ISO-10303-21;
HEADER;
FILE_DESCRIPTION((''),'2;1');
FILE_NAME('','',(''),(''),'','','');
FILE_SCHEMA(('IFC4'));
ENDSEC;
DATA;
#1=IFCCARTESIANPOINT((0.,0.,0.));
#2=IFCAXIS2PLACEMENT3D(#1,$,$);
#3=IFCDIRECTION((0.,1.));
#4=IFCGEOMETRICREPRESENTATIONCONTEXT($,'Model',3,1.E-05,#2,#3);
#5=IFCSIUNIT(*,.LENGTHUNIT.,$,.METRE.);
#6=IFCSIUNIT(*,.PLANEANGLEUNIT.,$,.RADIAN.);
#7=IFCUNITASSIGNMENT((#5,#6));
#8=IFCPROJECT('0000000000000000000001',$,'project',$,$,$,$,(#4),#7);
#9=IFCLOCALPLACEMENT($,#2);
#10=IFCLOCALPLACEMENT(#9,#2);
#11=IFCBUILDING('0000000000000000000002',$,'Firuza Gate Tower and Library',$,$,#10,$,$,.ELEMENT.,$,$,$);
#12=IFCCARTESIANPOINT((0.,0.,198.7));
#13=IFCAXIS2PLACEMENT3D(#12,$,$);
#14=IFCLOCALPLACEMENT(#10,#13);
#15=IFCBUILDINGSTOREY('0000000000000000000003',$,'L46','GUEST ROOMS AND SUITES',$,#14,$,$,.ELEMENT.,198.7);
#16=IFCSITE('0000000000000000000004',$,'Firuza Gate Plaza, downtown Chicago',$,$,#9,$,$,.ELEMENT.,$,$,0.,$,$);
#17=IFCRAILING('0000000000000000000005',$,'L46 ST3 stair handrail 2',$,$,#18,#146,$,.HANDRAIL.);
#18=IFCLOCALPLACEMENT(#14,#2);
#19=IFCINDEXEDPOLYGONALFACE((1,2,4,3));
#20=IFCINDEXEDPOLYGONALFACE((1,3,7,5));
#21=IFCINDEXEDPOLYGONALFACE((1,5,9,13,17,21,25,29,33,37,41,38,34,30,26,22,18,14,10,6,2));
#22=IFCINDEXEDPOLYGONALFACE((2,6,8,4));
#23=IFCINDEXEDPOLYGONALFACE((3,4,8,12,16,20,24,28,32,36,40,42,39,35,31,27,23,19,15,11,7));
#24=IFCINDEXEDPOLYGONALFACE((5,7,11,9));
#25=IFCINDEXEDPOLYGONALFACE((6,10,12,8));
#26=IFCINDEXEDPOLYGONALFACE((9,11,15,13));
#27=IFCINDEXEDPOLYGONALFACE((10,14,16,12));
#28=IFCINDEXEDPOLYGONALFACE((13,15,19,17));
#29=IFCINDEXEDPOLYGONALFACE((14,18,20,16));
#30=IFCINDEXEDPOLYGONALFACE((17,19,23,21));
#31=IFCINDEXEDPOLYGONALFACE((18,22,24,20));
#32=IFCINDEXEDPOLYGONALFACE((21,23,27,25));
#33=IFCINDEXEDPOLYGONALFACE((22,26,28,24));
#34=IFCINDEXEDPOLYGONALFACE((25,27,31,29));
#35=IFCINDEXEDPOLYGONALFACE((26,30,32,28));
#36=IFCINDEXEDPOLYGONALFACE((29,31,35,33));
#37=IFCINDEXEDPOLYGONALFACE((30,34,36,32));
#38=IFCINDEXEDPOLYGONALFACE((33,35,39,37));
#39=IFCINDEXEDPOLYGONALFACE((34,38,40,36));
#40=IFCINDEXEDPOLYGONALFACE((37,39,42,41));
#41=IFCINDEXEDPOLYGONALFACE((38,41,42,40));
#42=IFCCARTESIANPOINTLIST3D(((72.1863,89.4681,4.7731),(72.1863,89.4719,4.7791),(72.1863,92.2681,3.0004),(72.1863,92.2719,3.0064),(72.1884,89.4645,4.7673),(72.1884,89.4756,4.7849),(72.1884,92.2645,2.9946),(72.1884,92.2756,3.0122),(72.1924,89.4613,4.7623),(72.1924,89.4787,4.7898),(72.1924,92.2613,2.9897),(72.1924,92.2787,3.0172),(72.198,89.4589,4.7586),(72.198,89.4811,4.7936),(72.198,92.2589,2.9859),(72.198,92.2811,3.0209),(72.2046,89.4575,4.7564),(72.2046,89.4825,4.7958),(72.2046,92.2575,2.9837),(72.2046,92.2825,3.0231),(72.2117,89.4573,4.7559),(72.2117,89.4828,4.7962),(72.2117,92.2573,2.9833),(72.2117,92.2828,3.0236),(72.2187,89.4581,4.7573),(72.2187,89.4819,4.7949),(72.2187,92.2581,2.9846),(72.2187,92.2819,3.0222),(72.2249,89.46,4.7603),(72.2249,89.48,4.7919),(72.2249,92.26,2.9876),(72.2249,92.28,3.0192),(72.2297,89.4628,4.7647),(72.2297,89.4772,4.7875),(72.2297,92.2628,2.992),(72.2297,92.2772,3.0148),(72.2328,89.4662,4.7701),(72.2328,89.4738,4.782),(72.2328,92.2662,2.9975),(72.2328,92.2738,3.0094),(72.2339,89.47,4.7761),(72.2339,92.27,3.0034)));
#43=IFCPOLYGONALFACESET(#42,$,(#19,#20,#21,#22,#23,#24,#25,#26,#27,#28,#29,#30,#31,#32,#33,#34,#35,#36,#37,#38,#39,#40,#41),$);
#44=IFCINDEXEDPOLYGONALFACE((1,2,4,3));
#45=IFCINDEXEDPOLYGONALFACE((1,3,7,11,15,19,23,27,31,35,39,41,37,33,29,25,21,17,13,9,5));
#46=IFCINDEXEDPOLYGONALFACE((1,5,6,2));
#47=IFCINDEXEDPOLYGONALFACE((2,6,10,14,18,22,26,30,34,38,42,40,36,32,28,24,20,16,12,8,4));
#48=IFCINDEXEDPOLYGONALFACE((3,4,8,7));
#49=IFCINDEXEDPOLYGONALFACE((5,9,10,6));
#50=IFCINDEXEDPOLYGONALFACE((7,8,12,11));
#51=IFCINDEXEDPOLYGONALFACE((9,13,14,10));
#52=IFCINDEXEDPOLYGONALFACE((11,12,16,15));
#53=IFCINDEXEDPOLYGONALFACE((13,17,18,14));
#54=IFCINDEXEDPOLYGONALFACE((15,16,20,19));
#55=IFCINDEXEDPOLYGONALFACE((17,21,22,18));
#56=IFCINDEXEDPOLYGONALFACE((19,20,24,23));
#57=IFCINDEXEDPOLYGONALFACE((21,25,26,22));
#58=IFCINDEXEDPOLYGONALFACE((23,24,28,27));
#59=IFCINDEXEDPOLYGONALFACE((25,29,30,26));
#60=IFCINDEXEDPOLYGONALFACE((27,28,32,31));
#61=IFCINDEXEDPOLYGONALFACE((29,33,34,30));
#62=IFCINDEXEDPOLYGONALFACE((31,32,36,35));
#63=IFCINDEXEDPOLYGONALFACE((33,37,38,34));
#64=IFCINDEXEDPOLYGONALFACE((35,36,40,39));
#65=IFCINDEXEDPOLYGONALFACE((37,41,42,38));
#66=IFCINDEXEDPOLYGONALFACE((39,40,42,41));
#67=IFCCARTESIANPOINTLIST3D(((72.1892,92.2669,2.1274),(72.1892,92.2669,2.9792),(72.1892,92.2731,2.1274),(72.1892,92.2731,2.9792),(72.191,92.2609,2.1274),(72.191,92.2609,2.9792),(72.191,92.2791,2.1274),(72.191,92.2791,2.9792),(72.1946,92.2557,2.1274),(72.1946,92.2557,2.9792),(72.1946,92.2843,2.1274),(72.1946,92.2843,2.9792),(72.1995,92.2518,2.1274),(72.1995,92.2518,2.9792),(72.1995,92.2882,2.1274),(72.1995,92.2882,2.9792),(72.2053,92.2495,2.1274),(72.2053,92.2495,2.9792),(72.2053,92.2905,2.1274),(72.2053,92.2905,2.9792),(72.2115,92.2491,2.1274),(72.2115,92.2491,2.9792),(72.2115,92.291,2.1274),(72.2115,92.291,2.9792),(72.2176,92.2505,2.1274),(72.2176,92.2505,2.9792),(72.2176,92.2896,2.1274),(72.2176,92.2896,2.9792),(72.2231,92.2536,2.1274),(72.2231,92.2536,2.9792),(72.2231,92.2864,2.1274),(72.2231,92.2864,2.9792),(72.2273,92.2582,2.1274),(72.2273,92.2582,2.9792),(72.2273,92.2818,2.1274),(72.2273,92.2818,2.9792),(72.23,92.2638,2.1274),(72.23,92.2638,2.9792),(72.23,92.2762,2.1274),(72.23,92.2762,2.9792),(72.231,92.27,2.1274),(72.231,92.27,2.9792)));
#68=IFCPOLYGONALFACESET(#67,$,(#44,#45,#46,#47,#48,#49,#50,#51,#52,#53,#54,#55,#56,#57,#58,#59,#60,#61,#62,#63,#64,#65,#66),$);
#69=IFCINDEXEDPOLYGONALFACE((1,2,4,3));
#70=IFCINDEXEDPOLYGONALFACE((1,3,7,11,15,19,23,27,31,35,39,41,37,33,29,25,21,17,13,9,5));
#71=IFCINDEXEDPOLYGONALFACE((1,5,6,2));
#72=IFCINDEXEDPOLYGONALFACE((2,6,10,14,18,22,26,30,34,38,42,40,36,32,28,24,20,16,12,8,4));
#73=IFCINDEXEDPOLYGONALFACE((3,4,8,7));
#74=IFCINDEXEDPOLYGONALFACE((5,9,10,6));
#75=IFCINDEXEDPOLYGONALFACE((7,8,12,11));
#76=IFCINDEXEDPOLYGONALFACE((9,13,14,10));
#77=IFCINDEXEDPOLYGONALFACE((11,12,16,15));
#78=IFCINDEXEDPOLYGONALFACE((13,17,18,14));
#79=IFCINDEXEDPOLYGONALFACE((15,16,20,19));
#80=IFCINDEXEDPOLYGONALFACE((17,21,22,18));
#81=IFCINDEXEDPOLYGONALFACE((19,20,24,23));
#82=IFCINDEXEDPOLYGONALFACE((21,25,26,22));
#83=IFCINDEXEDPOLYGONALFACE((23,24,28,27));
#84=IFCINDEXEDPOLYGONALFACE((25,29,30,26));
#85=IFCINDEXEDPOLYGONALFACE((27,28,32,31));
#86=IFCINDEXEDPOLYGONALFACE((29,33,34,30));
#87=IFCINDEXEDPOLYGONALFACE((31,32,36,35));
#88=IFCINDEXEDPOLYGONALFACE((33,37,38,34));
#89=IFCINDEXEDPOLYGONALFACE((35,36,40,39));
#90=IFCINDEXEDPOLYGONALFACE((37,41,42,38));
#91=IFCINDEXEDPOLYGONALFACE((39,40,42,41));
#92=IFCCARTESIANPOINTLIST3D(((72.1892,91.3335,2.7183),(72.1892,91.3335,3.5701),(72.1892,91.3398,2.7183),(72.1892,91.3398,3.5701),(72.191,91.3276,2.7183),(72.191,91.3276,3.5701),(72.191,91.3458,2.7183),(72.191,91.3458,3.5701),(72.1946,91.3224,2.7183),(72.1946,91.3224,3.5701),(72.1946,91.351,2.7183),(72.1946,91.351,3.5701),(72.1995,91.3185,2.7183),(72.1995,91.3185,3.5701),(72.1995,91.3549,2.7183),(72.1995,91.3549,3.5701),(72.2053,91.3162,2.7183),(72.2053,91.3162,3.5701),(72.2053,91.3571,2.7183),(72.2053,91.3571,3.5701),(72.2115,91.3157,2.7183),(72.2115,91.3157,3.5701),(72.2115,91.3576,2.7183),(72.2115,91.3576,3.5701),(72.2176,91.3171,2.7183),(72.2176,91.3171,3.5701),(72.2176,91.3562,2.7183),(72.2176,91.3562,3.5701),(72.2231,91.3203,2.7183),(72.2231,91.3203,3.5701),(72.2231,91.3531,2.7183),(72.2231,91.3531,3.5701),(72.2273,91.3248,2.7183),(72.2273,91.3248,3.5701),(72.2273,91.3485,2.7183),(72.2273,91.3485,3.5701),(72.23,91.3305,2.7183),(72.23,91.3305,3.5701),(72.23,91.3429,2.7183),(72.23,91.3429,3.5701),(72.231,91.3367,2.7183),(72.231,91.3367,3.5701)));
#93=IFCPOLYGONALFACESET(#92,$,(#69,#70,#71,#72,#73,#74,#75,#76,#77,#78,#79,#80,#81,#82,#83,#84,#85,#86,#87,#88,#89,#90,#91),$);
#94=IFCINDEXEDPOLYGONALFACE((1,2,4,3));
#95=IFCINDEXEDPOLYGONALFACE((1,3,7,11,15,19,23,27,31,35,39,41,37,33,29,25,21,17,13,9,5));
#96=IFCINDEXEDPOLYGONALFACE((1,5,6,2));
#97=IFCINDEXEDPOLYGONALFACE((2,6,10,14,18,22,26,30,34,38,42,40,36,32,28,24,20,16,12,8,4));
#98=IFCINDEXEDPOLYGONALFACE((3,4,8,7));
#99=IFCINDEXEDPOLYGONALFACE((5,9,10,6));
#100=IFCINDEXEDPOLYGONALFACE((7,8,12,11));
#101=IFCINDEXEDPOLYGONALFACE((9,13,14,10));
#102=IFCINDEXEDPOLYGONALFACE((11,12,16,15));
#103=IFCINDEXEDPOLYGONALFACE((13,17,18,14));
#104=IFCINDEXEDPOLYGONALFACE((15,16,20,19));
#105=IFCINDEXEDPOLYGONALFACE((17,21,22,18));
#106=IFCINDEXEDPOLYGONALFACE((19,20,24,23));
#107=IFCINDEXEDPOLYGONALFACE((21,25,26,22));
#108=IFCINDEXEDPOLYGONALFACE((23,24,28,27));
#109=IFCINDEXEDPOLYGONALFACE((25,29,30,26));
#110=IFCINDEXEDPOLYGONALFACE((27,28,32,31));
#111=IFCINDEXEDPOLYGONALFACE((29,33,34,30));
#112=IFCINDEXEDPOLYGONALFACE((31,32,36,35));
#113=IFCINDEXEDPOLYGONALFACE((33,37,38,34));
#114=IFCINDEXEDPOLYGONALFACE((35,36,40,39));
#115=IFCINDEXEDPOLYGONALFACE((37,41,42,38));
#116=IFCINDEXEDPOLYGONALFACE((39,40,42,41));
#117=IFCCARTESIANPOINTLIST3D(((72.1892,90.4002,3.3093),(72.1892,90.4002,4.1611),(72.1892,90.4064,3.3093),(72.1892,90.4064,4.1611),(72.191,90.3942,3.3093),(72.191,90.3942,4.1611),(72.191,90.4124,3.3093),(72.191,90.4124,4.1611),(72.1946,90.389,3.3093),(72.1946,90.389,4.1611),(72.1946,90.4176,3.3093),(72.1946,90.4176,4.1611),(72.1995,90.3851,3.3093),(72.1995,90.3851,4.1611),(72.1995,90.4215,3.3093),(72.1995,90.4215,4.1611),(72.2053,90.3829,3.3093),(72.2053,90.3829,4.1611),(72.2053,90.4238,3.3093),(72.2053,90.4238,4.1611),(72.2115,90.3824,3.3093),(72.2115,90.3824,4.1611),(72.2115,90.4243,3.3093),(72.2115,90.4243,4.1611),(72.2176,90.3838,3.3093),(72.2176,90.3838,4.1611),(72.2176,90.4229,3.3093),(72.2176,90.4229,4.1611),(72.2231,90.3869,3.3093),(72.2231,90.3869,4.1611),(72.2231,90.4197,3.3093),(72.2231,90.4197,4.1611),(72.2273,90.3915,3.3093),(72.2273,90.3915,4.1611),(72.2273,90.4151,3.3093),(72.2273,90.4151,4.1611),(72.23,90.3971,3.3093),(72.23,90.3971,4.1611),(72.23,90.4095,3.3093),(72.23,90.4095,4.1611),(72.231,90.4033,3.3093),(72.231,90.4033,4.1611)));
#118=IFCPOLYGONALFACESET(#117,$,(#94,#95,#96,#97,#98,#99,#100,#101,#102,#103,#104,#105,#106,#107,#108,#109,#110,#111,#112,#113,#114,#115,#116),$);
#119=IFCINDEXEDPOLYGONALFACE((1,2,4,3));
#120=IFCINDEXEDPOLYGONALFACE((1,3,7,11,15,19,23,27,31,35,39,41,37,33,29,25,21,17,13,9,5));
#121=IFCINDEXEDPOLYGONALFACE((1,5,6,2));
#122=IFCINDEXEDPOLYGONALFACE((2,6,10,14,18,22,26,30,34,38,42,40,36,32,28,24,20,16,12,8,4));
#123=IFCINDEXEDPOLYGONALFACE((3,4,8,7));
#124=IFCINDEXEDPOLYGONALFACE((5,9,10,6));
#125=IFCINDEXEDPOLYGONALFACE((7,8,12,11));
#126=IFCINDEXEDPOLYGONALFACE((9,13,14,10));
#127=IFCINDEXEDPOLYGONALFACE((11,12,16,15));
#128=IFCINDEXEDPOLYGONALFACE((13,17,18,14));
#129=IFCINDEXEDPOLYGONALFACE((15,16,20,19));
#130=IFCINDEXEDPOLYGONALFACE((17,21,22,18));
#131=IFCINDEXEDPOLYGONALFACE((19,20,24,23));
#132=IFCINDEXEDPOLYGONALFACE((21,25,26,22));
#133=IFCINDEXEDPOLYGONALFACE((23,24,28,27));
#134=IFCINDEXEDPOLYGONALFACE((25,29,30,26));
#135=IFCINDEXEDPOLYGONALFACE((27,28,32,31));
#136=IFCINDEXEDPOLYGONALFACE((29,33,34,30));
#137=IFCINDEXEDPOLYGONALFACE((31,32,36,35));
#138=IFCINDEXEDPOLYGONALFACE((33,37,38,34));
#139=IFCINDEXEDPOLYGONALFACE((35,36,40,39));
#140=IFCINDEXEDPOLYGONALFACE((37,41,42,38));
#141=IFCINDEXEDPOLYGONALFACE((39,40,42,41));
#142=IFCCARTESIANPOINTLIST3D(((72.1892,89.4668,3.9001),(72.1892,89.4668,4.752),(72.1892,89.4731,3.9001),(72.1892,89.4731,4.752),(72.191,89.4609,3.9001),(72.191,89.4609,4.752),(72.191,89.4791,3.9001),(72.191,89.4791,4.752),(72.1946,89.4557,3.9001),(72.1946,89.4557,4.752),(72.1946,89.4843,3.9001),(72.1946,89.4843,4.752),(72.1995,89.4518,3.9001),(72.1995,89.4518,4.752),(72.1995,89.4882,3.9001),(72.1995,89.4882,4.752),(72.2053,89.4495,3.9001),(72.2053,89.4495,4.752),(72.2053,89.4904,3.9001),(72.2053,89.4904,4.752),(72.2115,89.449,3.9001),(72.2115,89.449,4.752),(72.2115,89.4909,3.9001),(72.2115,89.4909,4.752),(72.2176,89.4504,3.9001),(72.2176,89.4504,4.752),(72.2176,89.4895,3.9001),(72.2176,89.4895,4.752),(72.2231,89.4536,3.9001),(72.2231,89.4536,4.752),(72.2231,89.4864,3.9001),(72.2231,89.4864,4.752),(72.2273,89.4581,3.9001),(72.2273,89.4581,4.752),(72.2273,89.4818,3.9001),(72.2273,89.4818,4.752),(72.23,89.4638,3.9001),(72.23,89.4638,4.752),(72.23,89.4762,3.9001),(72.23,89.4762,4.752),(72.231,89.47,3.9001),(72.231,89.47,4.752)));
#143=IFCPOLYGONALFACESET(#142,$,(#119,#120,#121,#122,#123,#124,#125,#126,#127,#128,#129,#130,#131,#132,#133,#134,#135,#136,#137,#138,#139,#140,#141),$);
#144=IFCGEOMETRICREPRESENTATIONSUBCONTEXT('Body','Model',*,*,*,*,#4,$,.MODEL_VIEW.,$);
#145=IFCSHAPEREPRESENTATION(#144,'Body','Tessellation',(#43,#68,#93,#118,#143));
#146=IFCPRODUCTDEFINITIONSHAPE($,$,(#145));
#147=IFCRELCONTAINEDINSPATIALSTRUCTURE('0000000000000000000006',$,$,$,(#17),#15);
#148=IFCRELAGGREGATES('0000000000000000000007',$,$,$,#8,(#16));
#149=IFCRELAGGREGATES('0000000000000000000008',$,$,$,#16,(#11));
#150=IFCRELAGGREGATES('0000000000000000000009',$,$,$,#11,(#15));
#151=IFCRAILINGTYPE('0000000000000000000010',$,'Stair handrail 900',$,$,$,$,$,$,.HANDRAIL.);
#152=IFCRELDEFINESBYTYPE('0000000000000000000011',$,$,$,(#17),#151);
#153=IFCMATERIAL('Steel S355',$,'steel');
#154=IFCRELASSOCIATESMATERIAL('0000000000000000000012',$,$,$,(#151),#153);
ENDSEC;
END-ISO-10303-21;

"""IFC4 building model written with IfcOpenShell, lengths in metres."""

from ifc_helpers import new_model, si_unit, direction, frame, origin, origin_2d, place, context, subcontext, project, spatial, circle, extrude, material, type_object, element, save


model = new_model("IFC4")

# Units and contexts
model_context = context("Model", 3, precision=1e-05, world=origin(), true_north=direction((0.0, 1.0)))
body_context = subcontext(model_context, "Body", "Model", "MODEL_VIEW")
ifc_project = project(units=[si_unit("LENGTHUNIT", "METRE"), si_unit("PLANEANGLEUNIT", "RADIAN")], contexts=[model_context])

# Site, building, storey
site_placement = place(None, origin())
site = spatial("IfcSite", under=ifc_project, at=site_placement, Name="Firuza Gate Plaza, downtown Chicago", CompositionType="ELEMENT", RefElevation=0.0)
building_placement = place(site_placement, origin())
building = spatial("IfcBuilding", under=site, at=building_placement, Name="Firuza Gate Tower and Library", CompositionType="ELEMENT")
storey_placement = place(building_placement, frame((0.0, 0.0, 198.7)))
storey = spatial("IfcBuildingStorey", under=building, at=storey_placement, Name="L46", Description="GUEST ROOMS AND SUITES", CompositionType="ELEMENT", Elevation=198.7)

# Railing
ifc_material_1 = material(Name="Steel S355", Category="steel")
railing_type_1 = type_object("IfcRailingType", Name="Stair handrail 900", PredefinedType="HANDRAIL", material=ifc_material_1)
railing_1_placement = place(storey_placement, frame((72.21, 92.27, 2.1274)))
element("IfcRailing", 1, at=railing_1_placement, inside=storey, type_object=railing_type_1, Name="L46 ST3 stair handrail 2", PredefinedType="HANDRAIL", context=body_context, shape_type="SweptSolid", body=[
    extrude(circle(Radius=0.0239, at=origin_2d()), frame((0.0, 0.0, 0.876), z_axis=(0.0, -0.844909, 0.53491), x_axis=(1.0, 0.0, 0.0)), (0.0, 0.0, 1.0), 3.314),
    extrude(circle(Radius=0.021, at=origin_2d()), origin(), (0.0, 0.0, 1.0), 0.8518),
    extrude(circle(Radius=0.021, at=origin_2d()), frame((0.0, -0.9333, 0.5908)), (0.0, 0.0, 1.0), 0.8518),
    extrude(circle(Radius=0.021, at=origin_2d()), frame((0.0, -1.8667, 1.1819)), (0.0, 0.0, 1.0), 0.8518),
    extrude(circle(Radius=0.021, at=origin_2d()), frame((0.0, -2.8, 1.7727)), (0.0, 0.0, 1.0), 0.8518),
])

save(model, "model.ifc")
